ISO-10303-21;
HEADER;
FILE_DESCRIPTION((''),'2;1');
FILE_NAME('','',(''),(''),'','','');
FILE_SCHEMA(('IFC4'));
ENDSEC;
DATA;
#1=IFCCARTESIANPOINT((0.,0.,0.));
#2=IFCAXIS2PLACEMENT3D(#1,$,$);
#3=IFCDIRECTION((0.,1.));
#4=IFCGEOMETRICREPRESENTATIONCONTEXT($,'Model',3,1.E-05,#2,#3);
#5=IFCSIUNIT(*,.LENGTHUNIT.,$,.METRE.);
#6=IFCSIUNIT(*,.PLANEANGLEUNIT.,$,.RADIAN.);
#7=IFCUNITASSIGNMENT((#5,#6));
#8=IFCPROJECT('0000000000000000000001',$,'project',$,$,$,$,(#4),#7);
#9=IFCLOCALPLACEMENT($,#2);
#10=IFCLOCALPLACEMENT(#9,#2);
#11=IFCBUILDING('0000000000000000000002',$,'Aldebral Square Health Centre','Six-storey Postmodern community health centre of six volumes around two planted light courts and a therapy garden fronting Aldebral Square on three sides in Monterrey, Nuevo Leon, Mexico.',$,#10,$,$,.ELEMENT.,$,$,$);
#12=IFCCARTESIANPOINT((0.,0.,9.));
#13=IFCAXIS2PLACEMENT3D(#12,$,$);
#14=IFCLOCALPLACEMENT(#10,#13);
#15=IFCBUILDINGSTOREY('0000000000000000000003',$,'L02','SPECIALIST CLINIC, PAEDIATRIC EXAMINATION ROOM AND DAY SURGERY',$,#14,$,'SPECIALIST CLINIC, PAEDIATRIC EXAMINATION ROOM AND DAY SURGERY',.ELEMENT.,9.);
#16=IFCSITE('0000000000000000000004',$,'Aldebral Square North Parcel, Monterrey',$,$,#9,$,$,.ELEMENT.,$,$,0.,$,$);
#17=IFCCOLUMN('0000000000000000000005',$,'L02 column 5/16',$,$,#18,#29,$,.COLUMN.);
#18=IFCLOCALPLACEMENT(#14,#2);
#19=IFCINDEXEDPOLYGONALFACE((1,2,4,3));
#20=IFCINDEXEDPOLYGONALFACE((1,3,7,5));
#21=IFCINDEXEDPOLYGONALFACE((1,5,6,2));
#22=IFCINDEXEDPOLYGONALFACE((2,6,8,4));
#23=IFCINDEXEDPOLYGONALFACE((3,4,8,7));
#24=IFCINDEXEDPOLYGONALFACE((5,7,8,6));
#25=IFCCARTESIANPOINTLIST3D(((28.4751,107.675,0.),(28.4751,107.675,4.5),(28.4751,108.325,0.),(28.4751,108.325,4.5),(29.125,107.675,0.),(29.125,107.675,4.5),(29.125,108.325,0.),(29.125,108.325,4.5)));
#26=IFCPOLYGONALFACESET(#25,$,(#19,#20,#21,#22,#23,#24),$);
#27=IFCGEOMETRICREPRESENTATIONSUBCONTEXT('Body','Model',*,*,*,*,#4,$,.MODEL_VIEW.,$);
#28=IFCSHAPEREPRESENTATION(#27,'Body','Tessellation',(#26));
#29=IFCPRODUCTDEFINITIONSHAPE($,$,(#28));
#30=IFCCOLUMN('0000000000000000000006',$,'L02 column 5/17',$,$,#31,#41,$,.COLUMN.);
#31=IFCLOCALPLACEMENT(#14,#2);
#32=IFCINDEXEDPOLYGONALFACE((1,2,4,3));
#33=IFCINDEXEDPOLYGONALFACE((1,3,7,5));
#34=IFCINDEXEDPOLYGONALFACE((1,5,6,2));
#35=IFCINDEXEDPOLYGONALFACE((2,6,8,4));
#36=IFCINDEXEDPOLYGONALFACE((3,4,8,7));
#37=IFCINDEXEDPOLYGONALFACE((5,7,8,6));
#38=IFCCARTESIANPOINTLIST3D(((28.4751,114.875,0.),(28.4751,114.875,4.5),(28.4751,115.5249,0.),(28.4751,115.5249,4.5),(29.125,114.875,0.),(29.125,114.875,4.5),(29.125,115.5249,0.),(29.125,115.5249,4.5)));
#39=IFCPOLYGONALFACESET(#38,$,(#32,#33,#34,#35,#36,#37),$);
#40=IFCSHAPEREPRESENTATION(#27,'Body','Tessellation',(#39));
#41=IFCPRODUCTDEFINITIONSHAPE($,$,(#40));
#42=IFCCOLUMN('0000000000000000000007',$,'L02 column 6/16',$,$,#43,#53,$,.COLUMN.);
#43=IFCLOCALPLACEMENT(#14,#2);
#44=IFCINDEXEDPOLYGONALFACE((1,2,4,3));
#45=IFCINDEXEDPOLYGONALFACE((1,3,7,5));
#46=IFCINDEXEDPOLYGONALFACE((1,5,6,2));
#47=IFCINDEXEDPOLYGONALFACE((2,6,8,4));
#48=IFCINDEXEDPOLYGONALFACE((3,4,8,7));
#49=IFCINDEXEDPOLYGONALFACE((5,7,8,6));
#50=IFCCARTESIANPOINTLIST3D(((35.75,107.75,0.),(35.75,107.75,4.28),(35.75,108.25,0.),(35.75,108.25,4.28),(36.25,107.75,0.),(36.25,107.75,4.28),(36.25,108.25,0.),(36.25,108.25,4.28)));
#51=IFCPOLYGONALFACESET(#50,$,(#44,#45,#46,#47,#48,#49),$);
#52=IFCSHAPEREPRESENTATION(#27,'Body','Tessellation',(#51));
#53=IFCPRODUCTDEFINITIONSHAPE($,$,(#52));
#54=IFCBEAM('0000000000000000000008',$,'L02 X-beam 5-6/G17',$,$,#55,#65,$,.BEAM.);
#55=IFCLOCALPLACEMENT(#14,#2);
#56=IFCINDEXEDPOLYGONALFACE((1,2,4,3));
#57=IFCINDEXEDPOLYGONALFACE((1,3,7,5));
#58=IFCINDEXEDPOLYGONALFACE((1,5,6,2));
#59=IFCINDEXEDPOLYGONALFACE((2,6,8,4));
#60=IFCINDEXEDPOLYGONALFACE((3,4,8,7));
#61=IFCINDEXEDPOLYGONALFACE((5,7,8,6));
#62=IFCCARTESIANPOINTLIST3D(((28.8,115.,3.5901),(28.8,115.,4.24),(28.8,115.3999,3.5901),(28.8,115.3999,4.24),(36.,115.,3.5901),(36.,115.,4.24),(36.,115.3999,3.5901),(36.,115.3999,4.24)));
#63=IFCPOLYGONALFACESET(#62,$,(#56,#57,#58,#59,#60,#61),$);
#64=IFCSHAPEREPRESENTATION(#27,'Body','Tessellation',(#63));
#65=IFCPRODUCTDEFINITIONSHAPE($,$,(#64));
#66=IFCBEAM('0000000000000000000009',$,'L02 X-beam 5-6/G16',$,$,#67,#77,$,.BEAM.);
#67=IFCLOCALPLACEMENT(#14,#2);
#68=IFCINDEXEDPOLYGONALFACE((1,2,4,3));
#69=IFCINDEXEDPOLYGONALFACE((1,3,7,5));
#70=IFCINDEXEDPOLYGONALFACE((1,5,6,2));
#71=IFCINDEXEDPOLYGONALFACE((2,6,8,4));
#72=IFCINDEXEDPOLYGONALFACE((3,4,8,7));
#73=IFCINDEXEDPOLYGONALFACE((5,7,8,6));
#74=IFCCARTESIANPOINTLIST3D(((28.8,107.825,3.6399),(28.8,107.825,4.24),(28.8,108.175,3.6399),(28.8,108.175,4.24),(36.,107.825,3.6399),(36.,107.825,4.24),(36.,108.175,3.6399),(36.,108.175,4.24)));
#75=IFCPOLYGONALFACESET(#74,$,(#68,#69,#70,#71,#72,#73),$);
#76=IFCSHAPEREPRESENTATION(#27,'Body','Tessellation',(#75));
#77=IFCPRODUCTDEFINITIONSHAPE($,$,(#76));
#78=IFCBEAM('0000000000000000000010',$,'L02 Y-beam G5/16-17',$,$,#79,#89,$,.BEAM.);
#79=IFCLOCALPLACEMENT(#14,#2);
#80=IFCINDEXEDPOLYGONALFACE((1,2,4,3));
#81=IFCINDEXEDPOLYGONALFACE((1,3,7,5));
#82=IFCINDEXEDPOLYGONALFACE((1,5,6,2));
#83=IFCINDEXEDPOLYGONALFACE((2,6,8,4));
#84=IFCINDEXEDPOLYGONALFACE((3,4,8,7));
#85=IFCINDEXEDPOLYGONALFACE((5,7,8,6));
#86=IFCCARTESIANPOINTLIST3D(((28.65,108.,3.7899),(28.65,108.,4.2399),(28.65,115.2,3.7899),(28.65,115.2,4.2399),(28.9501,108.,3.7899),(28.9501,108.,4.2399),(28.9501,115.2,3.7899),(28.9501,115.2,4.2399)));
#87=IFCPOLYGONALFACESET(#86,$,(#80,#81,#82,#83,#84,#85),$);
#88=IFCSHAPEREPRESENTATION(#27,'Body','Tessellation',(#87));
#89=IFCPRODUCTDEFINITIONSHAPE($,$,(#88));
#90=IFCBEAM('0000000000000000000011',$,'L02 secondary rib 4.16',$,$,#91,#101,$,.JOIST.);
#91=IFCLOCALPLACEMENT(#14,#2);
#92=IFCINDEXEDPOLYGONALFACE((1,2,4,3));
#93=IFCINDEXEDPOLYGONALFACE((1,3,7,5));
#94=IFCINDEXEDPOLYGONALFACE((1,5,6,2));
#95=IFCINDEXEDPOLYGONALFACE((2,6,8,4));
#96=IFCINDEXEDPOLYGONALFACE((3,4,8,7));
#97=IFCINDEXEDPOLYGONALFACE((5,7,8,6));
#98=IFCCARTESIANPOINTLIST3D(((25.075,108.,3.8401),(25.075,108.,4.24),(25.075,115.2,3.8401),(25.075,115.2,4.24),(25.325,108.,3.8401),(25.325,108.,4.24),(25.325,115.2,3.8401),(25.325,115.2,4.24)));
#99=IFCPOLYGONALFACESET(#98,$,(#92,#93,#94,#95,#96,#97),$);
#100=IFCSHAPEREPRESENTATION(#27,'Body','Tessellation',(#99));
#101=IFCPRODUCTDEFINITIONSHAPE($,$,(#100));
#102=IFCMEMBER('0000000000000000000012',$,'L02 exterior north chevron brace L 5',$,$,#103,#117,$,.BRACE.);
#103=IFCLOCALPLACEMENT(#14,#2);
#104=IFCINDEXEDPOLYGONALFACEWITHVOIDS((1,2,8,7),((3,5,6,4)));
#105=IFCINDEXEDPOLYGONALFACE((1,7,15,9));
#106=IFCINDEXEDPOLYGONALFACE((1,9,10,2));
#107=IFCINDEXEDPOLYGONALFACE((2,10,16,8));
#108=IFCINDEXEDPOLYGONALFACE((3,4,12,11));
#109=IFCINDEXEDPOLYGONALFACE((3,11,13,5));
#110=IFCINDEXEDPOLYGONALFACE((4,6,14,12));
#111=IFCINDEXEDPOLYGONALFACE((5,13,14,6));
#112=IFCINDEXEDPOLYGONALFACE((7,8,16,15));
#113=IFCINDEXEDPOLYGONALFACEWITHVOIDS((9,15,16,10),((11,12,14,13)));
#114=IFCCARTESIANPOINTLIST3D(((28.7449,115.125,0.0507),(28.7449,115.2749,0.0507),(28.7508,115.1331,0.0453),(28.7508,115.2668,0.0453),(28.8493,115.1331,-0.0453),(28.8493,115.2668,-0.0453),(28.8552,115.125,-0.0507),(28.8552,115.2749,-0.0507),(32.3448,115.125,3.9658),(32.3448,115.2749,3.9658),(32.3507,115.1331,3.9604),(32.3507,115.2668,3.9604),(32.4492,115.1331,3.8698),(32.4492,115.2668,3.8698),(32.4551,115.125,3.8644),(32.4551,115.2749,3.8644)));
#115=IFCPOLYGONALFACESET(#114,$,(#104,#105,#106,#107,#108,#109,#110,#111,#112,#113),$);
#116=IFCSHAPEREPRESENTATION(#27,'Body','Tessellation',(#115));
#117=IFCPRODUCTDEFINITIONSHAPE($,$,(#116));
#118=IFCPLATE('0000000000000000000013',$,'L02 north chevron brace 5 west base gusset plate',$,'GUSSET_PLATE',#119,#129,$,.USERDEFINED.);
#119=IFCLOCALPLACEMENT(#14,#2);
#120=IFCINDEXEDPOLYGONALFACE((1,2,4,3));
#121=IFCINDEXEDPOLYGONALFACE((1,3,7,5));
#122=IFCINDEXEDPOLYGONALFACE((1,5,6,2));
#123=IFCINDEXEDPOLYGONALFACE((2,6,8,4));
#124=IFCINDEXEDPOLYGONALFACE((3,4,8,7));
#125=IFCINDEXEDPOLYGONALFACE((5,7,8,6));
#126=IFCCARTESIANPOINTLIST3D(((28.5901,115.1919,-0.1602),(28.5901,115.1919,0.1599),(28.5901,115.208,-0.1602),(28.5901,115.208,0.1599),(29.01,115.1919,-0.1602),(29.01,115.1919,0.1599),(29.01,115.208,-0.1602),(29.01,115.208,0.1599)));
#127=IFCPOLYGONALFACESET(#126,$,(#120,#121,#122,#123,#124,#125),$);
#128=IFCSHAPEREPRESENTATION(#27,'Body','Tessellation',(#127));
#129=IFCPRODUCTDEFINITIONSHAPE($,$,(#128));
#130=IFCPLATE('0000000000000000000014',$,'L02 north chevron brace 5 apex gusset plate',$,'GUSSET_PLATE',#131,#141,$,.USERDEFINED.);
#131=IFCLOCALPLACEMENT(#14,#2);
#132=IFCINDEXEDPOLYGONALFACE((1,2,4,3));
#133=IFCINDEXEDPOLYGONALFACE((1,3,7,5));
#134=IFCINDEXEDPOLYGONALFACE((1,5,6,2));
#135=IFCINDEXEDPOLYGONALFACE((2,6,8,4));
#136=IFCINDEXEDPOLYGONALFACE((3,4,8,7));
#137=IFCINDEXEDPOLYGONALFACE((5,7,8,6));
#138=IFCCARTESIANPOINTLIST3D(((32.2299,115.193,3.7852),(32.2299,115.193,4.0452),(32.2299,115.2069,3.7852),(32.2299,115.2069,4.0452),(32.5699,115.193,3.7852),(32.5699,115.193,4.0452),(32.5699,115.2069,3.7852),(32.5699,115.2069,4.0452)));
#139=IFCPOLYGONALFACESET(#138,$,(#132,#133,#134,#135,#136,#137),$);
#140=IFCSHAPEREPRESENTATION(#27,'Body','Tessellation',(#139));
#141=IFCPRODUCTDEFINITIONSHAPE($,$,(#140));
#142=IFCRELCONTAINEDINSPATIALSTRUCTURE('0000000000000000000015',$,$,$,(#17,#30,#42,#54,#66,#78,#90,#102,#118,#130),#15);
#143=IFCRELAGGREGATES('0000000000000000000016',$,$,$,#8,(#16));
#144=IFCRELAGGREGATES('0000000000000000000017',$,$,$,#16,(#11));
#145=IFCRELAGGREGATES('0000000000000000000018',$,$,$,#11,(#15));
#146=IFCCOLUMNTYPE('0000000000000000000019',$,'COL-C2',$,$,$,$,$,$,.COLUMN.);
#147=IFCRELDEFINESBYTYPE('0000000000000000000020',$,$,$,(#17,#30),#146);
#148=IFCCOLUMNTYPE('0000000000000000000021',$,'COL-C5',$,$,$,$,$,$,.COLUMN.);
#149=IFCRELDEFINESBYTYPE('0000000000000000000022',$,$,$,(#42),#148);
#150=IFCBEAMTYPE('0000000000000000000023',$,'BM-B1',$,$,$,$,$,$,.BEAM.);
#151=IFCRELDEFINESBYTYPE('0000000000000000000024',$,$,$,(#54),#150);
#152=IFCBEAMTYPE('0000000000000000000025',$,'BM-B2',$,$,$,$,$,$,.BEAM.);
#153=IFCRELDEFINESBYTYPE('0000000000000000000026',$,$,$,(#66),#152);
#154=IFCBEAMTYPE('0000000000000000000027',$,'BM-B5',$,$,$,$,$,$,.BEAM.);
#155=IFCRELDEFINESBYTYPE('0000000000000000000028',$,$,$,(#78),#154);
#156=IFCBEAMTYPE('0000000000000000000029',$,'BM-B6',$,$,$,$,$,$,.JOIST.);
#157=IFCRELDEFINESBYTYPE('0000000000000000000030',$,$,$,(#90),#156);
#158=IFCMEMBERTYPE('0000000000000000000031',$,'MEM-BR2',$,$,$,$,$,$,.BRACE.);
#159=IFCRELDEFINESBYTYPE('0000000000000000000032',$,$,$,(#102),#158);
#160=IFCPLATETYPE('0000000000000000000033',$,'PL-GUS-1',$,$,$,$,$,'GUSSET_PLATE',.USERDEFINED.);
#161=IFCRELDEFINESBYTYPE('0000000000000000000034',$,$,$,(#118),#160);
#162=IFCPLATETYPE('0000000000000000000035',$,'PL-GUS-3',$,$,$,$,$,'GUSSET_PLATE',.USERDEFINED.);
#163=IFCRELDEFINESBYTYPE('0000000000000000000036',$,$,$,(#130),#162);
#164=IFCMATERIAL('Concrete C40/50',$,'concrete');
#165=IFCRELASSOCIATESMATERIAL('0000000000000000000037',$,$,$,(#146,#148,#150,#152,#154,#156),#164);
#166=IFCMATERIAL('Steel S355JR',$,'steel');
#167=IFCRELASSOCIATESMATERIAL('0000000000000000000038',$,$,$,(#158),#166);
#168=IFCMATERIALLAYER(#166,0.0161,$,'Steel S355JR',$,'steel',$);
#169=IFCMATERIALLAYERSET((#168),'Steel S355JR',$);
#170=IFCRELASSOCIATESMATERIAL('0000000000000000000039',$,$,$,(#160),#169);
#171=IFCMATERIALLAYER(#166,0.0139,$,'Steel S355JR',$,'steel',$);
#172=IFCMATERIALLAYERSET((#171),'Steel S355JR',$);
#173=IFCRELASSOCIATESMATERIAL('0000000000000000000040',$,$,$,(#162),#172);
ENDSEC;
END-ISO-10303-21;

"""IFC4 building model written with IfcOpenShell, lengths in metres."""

from ifc_helpers import new_model, si_unit, direction, frame, origin, origin_2d, place, context, subcontext, project, spatial, rectangle, hollow_rectangle, extrude, material, layer, layer_set, material_profile, profile_set, type_object, element, save


model = new_model("IFC4")

# Units and contexts
model_context = context("Model", 3, precision=1e-05, world=origin(), true_north=direction((0.0, 1.0)))
body_context = subcontext(model_context, "Body", "Model", "MODEL_VIEW")
ifc_project = project(units=[si_unit("LENGTHUNIT", "METRE"), si_unit("PLANEANGLEUNIT", "RADIAN")], contexts=[model_context])

# Site, building, storey
site_placement = place(None, origin())
site = spatial("IfcSite", under=ifc_project, at=site_placement, Name="Aldebral Square North Parcel, Monterrey", CompositionType="ELEMENT", RefElevation=0.0)
building_placement = place(site_placement, origin())
building = spatial("IfcBuilding", under=site, at=building_placement, Name="Aldebral Square Health Centre", Description="Six-storey Postmodern community health centre of six volumes around two planted light courts and a therapy garden fronting Aldebral Square on three sides in Monterrey, Nuevo Leon, Mexico.", CompositionType="ELEMENT")
storey_placement = place(building_placement, frame((0.0, 0.0, 9.0)))
storey = spatial("IfcBuildingStorey", under=building, at=storey_placement, Name="L02", Description="SPECIALIST CLINIC, PAEDIATRIC EXAMINATION ROOM AND DAY SURGERY", LongName="SPECIALIST CLINIC, PAEDIATRIC EXAMINATION ROOM AND DAY SURGERY", CompositionType="ELEMENT", Elevation=9.0)

# Columns
ifc_material_1 = material(Name="Concrete C40/50", Category="concrete")
ifc_material_profile_1 = material_profile(ifc_material_1, rectangle(XDim=0.6499, YDim=0.6499, at=origin_2d()), Name="RC 650x650")
ifc_profile_set_1 = profile_set([ifc_material_profile_1], Name="Concrete C40/50")
column_type_1 = type_object("IfcColumnType", Name="COL-C2", PredefinedType="COLUMN", material=ifc_profile_set_1)
for number, where, z_axis, x_axis, name in (
    (1, (28.8, 108.0, 0.0), (0.0, 0.0, 1.0), (1.0, 0.0, 0.0), "L02 column 5/16"),
    (2, (28.8, 115.2, 0.0), (0.0, 0.0, 1.0), (1.0, 0.0, 0.0), "L02 column 5/17"),
):
    element("IfcColumn", number, at=place(storey_placement, frame(where, z_axis=z_axis, x_axis=x_axis)), inside=storey, type_object=column_type_1, Name=name, PredefinedType="COLUMN", context=body_context, shape_type="SweptSolid", body=[
        extrude(rectangle(XDim=0.6499, YDim=0.6499, at=origin_2d()), origin(), (0.0, 0.0, 1.0), 4.5),
    ])
ifc_material_profile_2 = material_profile(ifc_material_1, rectangle(XDim=0.5, YDim=0.5, at=origin_2d()), Name="RC 500x500")
ifc_profile_set_2 = profile_set([ifc_material_profile_2], Name="Concrete C40/50")
column_type_2 = type_object("IfcColumnType", Name="COL-C5", PredefinedType="COLUMN", material=ifc_profile_set_2)
column_placement = place(storey_placement, frame((36.0, 108.0, 0.0), z_axis=(0.0, 0.0, 1.0), x_axis=(1.0, 0.0, 0.0)))
element("IfcColumn", 3, at=column_placement, inside=storey, type_object=column_type_2, Name="L02 column 6/16", PredefinedType="COLUMN", context=body_context, shape_type="SweptSolid", body=[
    extrude(rectangle(XDim=0.5, YDim=0.5, at=origin_2d()), origin(), (0.0, 0.0, 1.0), 4.28),
])

# Beams
ifc_material_profile_3 = material_profile(ifc_material_1, rectangle(XDim=0.3999, YDim=0.6499, at=origin_2d()), Name="RC 400x650")
ifc_profile_set_3 = profile_set([ifc_material_profile_3], Name="Concrete C40/50")
beam_type_1 = type_object("IfcBeamType", Name="BM-B1", PredefinedType="BEAM", material=ifc_profile_set_3)
beam_1_placement = place(storey_placement, frame((28.8, 115.2, 3.915), z_axis=(1.0, 0.0, 0.0), x_axis=(0.0, 1.0, 0.0)))
element("IfcBeam", 4, at=beam_1_placement, inside=storey, type_object=beam_type_1, Name="L02 X-beam 5-6/G17", PredefinedType="BEAM", context=body_context, shape_type="SweptSolid", body=[
    extrude(rectangle(XDim=0.3999, YDim=0.6499, at=origin_2d()), origin(), (0.0, 0.0, 1.0), 7.2),
])
ifc_material_profile_4 = material_profile(ifc_material_1, rectangle(XDim=0.3501, YDim=0.6001, at=origin_2d()), Name="RC 350x600")
ifc_profile_set_4 = profile_set([ifc_material_profile_4], Name="Concrete C40/50")
beam_type_2 = type_object("IfcBeamType", Name="BM-B2", PredefinedType="BEAM", material=ifc_profile_set_4)
beam_2_placement = place(storey_placement, frame((28.8, 108.0, 3.9399), z_axis=(1.0, 0.0, 0.0), x_axis=(0.0, 1.0, 0.0)))
element("IfcBeam", 5, at=beam_2_placement, inside=storey, type_object=beam_type_2, Name="L02 X-beam 5-6/G16", PredefinedType="BEAM", context=body_context, shape_type="SweptSolid", body=[
    extrude(rectangle(XDim=0.3501, YDim=0.6001, at=origin_2d()), origin(), (0.0, 0.0, 1.0), 7.2),
])
ifc_material_profile_5 = material_profile(ifc_material_1, rectangle(XDim=0.3, YDim=0.45, at=origin_2d()), Name="RC 300x450")
ifc_profile_set_5 = profile_set([ifc_material_profile_5], Name="Concrete C40/50")
beam_type_3 = type_object("IfcBeamType", Name="BM-B5", PredefinedType="BEAM", material=ifc_profile_set_5)
beam_3_placement = place(storey_placement, frame((28.8, 108.0, 4.0149), z_axis=(0.0, 1.0, 0.0), x_axis=(-1.0, 0.0, 0.0)))
element("IfcBeam", 6, at=beam_3_placement, inside=storey, type_object=beam_type_3, Name="L02 Y-beam G5/16-17", PredefinedType="BEAM", context=body_context, shape_type="SweptSolid", body=[
    extrude(rectangle(XDim=0.3, YDim=0.45, at=origin_2d()), origin(), (0.0, 0.0, 1.0), 7.2),
])
ifc_material_profile_6 = material_profile(ifc_material_1, rectangle(XDim=0.25, YDim=0.3999, at=origin_2d()), Name="RC 250x400")
ifc_profile_set_6 = profile_set([ifc_material_profile_6], Name="Concrete C40/50")
beam_type_4 = type_object("IfcBeamType", Name="BM-B6", PredefinedType="JOIST", material=ifc_profile_set_6)
beam_4_placement = place(storey_placement, frame((25.2, 108.0, 4.04), z_axis=(0.0, 1.0, 0.0), x_axis=(-1.0, 0.0, 0.0)))
element("IfcBeam", 7, at=beam_4_placement, inside=storey, type_object=beam_type_4, Name="L02 secondary rib 4.16", PredefinedType="JOIST", context=body_context, shape_type="SweptSolid", body=[
    extrude(rectangle(XDim=0.25, YDim=0.3999, at=origin_2d()), origin(), (0.0, 0.0, 1.0), 7.2),
])

# Member
ifc_material_2 = material(Name="Steel S355JR", Category="steel")
ifc_material_profile_7 = material_profile(ifc_material_2, hollow_rectangle(XDim=0.1499, YDim=0.1499, WallThickness=0.0081, at=origin_2d()), Name="150x150x8 SHS")
ifc_profile_set_7 = profile_set([ifc_material_profile_7], Name="Steel S355JR")
member_type = type_object("IfcMemberType", Name="MEM-BR2", PredefinedType="BRACE", material=ifc_profile_set_7)
member_placement = place(storey_placement, frame((28.8, 115.2, 0.0), z_axis=(0.676855, 0.0, 0.736117), x_axis=(0.0, 1.0, 0.0)))
element("IfcMember", 8, at=member_placement, inside=storey, type_object=member_type, Name="L02 exterior north chevron brace L 5", PredefinedType="BRACE", context=body_context, shape_type="SweptSolid", body=[
    extrude(hollow_rectangle(XDim=0.1499, YDim=0.1499, WallThickness=0.0081, at=origin_2d()), origin(), (0.0, 0.0, 1.0), 5.3186),
])

# Plates
ifc_layer_1 = layer(ifc_material_2, 0.0161, Name="Steel S355JR", Category="steel")
ifc_layer_set_1 = layer_set([ifc_layer_1], Name="Steel S355JR")
plate_type_1 = type_object("IfcPlateType", Name="PL-GUS-1", ElementType="GUSSET_PLATE", PredefinedType="USERDEFINED", material=ifc_layer_set_1)
plate_1_placement = place(storey_placement, frame((28.8, 115.2, -0.1602), z_axis=(0.0, 0.0, 1.0), x_axis=(1.0, 0.0, 0.0)))
element("IfcPlate", 9, at=plate_1_placement, inside=storey, type_object=plate_type_1, Name="L02 north chevron brace 5 west base gusset plate", ObjectType="GUSSET_PLATE", PredefinedType="USERDEFINED", context=body_context, shape_type="SweptSolid", body=[
    extrude(rectangle(XDim=0.4199, YDim=0.0161, at=origin_2d()), origin(), (0.0, 0.0, 1.0), 0.3201),
])
ifc_layer_2 = layer(ifc_material_2, 0.0139, Name="Steel S355JR", Category="steel")
ifc_layer_set_2 = layer_set([ifc_layer_2], Name="Steel S355JR")
plate_type_2 = type_object("IfcPlateType", Name="PL-GUS-3", ElementType="GUSSET_PLATE", PredefinedType="USERDEFINED", material=ifc_layer_set_2)
plate_2_placement = place(storey_placement, frame((32.3999, 115.2, 3.7852), z_axis=(0.0, 0.0, 1.0), x_axis=(1.0, 0.0, 0.0)))
element("IfcPlate", 10, at=plate_2_placement, inside=storey, type_object=plate_type_2, Name="L02 north chevron brace 5 apex gusset plate", ObjectType="GUSSET_PLATE", PredefinedType="USERDEFINED", context=body_context, shape_type="SweptSolid", body=[
    extrude(rectangle(XDim=0.3401, YDim=0.0139, at=origin_2d()), origin(), (0.0, 0.0, 1.0), 0.26),
])

save(model, "model.ifc")
